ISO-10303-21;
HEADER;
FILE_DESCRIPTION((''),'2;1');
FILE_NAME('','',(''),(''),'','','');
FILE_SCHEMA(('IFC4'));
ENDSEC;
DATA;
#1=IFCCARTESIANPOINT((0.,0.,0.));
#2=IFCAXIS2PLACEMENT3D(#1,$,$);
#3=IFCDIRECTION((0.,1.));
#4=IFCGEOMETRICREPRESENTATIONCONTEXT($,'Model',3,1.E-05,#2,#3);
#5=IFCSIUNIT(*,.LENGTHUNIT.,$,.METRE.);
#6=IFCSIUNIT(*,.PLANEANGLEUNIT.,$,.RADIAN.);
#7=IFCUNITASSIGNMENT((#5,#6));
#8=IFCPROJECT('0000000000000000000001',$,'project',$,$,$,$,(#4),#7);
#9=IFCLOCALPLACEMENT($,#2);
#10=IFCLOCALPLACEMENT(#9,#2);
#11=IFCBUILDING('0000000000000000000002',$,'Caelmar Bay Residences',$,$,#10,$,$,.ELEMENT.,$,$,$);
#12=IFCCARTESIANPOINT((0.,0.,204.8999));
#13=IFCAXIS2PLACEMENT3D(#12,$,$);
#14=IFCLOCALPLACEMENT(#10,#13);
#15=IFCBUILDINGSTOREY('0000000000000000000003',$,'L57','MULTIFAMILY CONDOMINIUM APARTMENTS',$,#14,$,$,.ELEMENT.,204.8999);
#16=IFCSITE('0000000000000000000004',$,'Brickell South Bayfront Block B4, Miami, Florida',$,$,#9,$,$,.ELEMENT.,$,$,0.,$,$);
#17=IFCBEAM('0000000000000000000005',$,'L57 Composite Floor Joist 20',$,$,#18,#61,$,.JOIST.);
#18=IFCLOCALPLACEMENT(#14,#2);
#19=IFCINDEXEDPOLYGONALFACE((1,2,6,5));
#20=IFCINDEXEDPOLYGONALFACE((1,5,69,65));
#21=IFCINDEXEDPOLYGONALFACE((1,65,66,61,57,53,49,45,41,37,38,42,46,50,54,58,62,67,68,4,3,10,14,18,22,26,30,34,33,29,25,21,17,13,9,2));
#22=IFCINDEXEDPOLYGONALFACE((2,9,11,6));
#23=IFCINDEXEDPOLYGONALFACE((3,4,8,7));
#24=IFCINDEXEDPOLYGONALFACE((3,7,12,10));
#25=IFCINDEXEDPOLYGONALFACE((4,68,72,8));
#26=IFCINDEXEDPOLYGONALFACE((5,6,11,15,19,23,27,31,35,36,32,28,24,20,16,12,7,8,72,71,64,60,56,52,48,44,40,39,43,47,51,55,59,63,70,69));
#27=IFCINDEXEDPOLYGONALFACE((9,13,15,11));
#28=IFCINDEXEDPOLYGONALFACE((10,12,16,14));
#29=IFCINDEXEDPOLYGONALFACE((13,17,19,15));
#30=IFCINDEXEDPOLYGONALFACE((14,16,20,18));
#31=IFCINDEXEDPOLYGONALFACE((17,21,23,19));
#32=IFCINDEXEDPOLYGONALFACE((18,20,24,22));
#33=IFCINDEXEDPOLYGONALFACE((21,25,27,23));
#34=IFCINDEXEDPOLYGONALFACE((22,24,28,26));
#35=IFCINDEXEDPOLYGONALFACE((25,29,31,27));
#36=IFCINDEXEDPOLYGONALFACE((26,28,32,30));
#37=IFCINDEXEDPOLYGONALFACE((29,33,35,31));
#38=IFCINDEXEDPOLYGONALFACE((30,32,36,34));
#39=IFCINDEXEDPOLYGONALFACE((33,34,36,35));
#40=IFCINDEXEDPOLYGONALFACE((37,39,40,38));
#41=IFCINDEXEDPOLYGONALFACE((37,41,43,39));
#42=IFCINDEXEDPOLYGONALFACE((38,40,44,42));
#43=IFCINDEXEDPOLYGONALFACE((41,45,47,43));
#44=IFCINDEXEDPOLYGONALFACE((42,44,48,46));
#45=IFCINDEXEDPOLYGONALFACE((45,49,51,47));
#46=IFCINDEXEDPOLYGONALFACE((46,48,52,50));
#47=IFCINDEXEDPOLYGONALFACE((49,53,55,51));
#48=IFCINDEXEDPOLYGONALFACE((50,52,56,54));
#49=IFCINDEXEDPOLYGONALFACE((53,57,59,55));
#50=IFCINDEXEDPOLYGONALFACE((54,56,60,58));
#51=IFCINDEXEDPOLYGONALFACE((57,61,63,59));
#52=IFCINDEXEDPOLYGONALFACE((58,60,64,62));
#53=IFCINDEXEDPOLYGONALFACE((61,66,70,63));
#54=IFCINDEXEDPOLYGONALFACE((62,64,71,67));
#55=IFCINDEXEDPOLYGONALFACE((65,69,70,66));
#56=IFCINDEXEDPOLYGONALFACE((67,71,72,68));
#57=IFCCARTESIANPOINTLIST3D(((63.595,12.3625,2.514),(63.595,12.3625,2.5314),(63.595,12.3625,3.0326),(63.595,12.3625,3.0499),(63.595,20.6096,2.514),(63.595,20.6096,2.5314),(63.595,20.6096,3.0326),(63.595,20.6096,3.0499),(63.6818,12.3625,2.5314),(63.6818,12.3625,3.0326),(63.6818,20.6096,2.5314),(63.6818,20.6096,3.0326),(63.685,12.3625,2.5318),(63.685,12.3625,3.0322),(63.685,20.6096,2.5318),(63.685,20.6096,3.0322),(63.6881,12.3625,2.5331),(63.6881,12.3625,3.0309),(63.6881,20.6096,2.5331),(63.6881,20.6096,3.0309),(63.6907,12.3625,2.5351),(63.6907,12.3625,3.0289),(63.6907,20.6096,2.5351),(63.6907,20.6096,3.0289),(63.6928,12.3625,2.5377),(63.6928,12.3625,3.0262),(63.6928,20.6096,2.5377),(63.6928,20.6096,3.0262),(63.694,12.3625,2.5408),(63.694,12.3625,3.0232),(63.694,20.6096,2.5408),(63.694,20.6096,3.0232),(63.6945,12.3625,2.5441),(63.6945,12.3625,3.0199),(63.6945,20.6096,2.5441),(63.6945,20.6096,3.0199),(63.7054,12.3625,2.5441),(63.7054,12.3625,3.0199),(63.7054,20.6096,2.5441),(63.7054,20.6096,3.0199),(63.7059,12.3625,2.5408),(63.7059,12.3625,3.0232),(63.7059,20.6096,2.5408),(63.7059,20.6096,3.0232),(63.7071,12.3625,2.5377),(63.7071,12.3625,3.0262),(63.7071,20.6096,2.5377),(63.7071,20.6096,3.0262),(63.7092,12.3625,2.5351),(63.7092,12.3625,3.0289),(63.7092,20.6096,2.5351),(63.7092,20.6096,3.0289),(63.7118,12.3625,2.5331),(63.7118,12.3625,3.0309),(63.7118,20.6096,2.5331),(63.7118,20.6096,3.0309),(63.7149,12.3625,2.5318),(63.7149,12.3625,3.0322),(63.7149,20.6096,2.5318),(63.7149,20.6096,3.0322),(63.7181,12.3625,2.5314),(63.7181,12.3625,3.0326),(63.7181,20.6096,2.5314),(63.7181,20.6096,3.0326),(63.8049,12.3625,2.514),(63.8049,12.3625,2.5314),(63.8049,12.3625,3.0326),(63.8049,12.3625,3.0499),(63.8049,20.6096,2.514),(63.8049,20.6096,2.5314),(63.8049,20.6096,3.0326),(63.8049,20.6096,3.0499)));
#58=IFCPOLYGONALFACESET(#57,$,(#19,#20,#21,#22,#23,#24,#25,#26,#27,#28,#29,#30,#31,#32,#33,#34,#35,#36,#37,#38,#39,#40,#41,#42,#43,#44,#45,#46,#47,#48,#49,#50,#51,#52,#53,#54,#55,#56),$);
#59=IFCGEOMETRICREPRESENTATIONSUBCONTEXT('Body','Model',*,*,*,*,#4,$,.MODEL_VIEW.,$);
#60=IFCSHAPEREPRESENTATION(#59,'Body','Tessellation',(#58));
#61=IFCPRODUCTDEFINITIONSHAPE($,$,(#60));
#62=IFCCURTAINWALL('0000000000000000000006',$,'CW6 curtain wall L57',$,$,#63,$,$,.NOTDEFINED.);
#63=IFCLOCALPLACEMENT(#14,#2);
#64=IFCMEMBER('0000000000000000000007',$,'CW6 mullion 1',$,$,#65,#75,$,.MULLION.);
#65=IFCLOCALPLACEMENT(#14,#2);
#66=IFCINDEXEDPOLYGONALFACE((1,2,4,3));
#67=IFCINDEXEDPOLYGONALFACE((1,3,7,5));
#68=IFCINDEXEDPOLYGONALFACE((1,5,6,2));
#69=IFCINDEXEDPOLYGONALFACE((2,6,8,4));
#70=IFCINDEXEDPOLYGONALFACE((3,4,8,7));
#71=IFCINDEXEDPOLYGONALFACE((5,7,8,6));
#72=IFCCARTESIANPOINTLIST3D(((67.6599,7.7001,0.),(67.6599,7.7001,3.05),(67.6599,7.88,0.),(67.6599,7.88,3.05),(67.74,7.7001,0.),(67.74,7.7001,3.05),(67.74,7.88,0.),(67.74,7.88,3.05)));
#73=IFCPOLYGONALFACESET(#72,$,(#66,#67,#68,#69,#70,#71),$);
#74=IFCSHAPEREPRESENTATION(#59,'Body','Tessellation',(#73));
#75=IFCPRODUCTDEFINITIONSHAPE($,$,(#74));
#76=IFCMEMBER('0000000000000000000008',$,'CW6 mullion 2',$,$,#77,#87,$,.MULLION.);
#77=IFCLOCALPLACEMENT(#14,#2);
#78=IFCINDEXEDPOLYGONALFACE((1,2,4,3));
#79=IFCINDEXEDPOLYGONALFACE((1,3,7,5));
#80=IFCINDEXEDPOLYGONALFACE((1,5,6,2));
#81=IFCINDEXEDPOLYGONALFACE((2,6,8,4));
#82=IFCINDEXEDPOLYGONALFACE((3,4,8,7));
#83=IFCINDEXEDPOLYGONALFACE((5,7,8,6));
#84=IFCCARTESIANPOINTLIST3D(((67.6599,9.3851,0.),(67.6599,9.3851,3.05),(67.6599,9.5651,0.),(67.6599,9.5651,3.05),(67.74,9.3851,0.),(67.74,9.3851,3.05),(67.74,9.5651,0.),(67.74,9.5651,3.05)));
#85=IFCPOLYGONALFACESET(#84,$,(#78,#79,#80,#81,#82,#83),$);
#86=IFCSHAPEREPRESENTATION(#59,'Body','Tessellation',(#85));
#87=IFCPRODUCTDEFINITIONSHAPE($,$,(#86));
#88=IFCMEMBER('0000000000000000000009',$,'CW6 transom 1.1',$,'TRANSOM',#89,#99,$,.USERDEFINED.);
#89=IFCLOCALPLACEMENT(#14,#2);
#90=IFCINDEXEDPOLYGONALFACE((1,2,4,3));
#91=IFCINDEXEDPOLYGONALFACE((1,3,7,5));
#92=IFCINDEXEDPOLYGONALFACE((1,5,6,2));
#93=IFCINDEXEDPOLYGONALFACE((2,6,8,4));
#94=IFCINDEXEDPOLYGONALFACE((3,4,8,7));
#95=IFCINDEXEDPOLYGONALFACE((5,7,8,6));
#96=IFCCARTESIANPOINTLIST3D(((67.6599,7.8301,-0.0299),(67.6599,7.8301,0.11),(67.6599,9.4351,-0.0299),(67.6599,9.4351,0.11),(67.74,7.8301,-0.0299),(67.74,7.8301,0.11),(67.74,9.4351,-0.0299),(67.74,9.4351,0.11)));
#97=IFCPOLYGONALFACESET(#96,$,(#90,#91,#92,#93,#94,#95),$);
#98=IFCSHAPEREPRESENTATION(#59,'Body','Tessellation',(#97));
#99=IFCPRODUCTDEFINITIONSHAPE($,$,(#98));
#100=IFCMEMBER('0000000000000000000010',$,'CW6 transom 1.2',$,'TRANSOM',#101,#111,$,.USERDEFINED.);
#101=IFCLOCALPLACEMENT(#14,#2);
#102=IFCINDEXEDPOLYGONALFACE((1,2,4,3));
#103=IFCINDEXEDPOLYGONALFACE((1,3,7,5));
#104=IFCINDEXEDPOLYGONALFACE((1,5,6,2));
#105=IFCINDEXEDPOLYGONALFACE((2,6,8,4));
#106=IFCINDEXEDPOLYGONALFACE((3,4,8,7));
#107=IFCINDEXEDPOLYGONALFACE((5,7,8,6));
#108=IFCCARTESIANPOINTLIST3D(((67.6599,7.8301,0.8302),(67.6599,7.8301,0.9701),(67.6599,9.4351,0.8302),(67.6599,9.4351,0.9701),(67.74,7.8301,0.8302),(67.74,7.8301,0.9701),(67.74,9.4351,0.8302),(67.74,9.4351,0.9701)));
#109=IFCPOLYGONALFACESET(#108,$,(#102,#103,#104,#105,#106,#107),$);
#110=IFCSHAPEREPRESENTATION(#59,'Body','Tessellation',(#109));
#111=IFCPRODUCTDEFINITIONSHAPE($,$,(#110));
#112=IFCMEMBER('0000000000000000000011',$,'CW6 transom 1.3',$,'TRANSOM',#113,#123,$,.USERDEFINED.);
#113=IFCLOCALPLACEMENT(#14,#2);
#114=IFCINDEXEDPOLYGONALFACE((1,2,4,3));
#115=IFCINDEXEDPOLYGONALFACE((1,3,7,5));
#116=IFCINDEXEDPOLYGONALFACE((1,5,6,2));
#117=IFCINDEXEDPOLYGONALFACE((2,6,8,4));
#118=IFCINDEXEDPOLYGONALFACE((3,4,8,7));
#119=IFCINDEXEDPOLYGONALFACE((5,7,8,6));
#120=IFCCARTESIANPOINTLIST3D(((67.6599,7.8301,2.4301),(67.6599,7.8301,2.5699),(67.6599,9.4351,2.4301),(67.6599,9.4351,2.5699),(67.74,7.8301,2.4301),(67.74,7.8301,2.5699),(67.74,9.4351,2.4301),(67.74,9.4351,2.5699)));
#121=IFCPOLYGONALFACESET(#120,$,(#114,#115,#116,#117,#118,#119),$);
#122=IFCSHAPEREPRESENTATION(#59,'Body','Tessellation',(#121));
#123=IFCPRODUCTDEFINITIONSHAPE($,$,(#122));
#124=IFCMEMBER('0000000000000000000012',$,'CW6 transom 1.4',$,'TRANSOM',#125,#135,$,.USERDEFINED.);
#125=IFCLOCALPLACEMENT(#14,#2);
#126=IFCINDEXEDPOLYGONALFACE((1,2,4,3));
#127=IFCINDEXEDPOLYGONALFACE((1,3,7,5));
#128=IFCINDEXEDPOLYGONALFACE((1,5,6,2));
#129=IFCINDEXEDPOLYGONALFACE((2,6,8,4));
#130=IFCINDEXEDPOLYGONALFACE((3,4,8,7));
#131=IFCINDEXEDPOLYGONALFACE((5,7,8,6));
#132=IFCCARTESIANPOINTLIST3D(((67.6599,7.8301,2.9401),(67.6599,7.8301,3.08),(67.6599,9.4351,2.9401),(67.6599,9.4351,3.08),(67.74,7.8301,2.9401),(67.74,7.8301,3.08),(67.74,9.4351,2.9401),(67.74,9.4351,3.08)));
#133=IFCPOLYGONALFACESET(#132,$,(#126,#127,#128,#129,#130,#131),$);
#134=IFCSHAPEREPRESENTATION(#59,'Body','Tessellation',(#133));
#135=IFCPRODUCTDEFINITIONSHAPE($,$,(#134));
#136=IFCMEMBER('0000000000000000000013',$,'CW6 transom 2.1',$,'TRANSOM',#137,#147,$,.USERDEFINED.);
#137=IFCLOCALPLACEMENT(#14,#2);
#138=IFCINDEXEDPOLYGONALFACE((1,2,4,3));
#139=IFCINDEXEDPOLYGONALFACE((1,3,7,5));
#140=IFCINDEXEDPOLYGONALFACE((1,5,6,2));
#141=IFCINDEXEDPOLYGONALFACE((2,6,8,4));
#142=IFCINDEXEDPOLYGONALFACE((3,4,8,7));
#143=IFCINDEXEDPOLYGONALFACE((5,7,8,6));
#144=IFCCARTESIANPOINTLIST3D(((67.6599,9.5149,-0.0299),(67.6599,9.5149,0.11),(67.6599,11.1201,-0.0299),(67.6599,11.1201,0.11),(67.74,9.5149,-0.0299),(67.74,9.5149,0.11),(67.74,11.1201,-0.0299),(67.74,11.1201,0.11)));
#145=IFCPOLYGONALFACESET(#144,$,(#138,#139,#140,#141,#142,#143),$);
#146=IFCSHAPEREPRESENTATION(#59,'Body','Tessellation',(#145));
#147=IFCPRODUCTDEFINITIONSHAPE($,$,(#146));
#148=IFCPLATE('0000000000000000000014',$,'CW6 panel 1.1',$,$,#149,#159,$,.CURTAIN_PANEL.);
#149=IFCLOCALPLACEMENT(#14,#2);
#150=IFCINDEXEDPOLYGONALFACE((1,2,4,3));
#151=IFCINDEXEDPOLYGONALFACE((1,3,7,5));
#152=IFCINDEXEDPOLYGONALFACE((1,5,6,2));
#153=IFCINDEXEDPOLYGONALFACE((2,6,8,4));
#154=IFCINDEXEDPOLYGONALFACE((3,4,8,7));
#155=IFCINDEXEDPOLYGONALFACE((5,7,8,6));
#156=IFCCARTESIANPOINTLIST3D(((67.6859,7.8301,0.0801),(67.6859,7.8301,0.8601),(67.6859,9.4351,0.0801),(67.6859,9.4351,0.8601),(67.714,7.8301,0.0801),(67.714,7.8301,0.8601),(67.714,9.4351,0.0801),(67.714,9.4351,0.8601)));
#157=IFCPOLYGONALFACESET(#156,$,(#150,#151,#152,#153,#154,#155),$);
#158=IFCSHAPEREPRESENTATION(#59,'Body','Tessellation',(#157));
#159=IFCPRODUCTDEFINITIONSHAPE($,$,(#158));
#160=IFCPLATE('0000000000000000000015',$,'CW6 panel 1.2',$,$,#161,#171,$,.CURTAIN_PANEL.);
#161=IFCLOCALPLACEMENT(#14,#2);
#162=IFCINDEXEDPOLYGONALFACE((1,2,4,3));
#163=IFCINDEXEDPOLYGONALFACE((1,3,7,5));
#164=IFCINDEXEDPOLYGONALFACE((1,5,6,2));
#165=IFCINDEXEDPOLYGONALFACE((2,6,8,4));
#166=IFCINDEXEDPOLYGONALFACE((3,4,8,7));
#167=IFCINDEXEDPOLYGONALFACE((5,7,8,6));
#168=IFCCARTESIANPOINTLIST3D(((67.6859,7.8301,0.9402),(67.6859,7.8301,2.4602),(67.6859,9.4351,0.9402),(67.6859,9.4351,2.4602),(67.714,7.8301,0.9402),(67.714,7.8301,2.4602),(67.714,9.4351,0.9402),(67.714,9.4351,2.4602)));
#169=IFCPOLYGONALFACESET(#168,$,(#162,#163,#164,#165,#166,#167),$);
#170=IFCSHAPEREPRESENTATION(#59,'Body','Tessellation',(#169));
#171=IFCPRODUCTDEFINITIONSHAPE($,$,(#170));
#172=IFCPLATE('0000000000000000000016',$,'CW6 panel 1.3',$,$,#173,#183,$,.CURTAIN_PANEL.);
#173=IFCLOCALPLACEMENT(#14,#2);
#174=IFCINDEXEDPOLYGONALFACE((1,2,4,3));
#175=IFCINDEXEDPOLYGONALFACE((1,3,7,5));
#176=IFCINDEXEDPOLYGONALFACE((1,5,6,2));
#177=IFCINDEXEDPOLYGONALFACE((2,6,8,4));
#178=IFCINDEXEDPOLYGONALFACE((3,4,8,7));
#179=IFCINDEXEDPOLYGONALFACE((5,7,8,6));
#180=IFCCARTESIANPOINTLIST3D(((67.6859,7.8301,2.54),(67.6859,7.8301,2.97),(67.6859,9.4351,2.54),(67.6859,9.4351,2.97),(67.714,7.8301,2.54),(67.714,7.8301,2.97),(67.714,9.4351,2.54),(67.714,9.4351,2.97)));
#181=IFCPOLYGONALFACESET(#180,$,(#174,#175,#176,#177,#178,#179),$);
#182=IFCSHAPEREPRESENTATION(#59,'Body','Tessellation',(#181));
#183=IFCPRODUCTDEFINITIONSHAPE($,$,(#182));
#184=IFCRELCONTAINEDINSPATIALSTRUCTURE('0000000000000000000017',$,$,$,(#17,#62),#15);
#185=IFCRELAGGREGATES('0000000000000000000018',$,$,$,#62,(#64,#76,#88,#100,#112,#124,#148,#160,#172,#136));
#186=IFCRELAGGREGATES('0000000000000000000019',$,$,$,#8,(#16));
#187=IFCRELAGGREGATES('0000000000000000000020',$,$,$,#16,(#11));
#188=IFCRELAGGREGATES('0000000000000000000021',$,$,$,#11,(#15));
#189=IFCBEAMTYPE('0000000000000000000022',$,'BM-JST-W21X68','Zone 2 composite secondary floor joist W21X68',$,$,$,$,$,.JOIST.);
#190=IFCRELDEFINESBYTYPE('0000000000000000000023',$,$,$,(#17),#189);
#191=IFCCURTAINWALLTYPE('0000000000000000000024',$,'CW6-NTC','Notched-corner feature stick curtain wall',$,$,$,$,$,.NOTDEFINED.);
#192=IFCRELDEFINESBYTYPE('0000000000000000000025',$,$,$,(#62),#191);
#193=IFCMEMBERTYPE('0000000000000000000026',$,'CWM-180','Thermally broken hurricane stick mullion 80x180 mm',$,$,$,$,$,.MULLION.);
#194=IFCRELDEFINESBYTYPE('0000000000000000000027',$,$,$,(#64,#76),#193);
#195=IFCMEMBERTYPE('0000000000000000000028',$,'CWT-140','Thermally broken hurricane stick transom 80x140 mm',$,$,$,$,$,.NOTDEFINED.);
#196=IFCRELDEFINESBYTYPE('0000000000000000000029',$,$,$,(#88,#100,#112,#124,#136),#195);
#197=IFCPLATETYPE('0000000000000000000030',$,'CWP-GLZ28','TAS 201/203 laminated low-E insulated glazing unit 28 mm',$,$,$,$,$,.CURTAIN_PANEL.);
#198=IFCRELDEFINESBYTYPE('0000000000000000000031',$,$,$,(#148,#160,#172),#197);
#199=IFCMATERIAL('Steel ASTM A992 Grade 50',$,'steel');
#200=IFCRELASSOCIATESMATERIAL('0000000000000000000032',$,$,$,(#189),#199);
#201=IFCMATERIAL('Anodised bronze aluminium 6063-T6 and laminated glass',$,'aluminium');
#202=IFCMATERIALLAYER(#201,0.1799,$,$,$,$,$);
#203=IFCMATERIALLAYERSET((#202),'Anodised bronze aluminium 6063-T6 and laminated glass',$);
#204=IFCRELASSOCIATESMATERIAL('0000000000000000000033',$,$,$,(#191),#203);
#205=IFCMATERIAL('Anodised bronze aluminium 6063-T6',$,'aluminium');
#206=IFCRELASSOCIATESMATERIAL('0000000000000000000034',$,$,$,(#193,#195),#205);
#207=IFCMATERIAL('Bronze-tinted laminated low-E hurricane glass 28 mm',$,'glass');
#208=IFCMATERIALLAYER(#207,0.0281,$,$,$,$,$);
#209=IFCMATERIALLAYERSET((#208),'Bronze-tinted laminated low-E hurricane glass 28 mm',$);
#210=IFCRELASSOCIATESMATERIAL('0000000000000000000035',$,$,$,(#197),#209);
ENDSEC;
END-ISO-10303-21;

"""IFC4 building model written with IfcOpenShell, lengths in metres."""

from ifc_helpers import new_model, si_unit, direction, frame, origin, origin_2d, place, context, subcontext, project, spatial, rectangle, i_section, extrude, material, layer, layer_set, material_profile, profile_set, type_object, element, aggregate, save


model = new_model("IFC4")

# Units and contexts
model_context = context("Model", 3, precision=1e-05, world=origin(), true_north=direction((0.0, 1.0)))
body_context = subcontext(model_context, "Body", "Model", "MODEL_VIEW")
ifc_project = project(units=[si_unit("LENGTHUNIT", "METRE"), si_unit("PLANEANGLEUNIT", "RADIAN")], contexts=[model_context])

# Site, building, storey
site_placement = place(None, origin())
site = spatial("IfcSite", under=ifc_project, at=site_placement, Name="Brickell South Bayfront Block B4, Miami, Florida", CompositionType="ELEMENT", RefElevation=0.0)
building_placement = place(site_placement, origin())
building = spatial("IfcBuilding", under=site, at=building_placement, Name="Caelmar Bay Residences", CompositionType="ELEMENT")
storey_placement = place(building_placement, frame((0.0, 0.0, 204.8999)))
storey = spatial("IfcBuildingStorey", under=building, at=storey_placement, Name="L57", Description="MULTIFAMILY CONDOMINIUM APARTMENTS", CompositionType="ELEMENT", Elevation=204.8999)

# Beam
ifc_material_1 = material(Name="Steel ASTM A992 Grade 50", Category="steel")
ifc_material_profile_1 = material_profile(ifc_material_1, i_section(OverallWidth=0.21, OverallDepth=0.5359, WebThickness=0.011, FlangeThickness=0.0173, FilletRadius=0.0127, at=origin_2d()), Name="W21X68")
ifc_profile_set_1 = profile_set([ifc_material_profile_1], Name="Steel ASTM A992 Grade 50")
beam_type = type_object("IfcBeamType", Name="BM-JST-W21X68", Description="Zone 2 composite secondary floor joist W21X68", PredefinedType="JOIST", material=ifc_profile_set_1)
beam_placement = place(storey_placement, frame((63.7, 12.3625, 2.782), z_axis=(0.0, 1.0, 0.0), x_axis=(-1.0, 0.0, 0.0)))
element("IfcBeam", 1, at=beam_placement, inside=storey, type_object=beam_type, Name="L57 Composite Floor Joist 20", PredefinedType="JOIST", context=body_context, shape_type="SweptSolid", body=[
    extrude(i_section(OverallWidth=0.21, OverallDepth=0.5359, WebThickness=0.011, FlangeThickness=0.0173, FilletRadius=0.0127, at=origin_2d()), origin(), (0.0, 0.0, 1.0), 8.2471),
])

# Curtain wall, members, plates
ifc_material_2 = material(Name="Anodised bronze aluminium 6063-T6 and laminated glass", Category="aluminium")
ifc_layer_1 = layer(ifc_material_2, 0.1799)
ifc_layer_set_1 = layer_set([ifc_layer_1], Name="Anodised bronze aluminium 6063-T6 and laminated glass")
curtain_wall_type = type_object("IfcCurtainWallType", Name="CW6-NTC", Description="Notched-corner feature stick curtain wall", PredefinedType="NOTDEFINED", material=ifc_layer_set_1)
curtain_wall_placement = place(storey_placement, origin())
curtain_wall = element("IfcCurtainWall", 2, at=curtain_wall_placement, inside=storey, type_object=curtain_wall_type, Name="CW6 curtain wall L57", PredefinedType="NOTDEFINED")
ifc_material_3 = material(Name="Anodised bronze aluminium 6063-T6", Category="aluminium")
ifc_material_profile_2 = material_profile(ifc_material_3, rectangle(XDim=0.0801, YDim=0.1799, at=origin_2d()), Name="CWM-80X180")
ifc_profile_set_2 = profile_set([ifc_material_profile_2], Name="Anodised bronze aluminium 6063-T6")
member_type_1 = type_object("IfcMemberType", Name="CWM-180", Description="Thermally broken hurricane stick mullion 80x180 mm", PredefinedType="MULLION", material=ifc_profile_set_2)
member_1_placement = place(storey_placement, frame((67.7, 7.79, 0.0), z_axis=(0.0, 0.0, 1.0), x_axis=(-1.0, 0.0, 0.0)))
member_1 = element("IfcMember", 3, at=member_1_placement, type_object=member_type_1, Name="CW6 mullion 1", PredefinedType="MULLION", context=body_context, shape_type="SweptSolid", body=[
    extrude(rectangle(XDim=0.0801, YDim=0.1799, at=origin_2d()), origin(), (0.0, 0.0, 1.0), 3.05),
])
member_2_placement = place(storey_placement, frame((67.7, 9.4751, 0.0), z_axis=(0.0, 0.0, 1.0), x_axis=(-1.0, 0.0, 0.0)))
member_2 = element("IfcMember", 4, at=member_2_placement, type_object=member_type_1, Name="CW6 mullion 2", PredefinedType="MULLION", context=body_context, shape_type="SweptSolid", body=[
    extrude(rectangle(XDim=0.0801, YDim=0.1799, at=origin_2d()), origin(), (0.0, 0.0, 1.0), 3.05),
])
ifc_material_profile_3 = material_profile(ifc_material_3, rectangle(XDim=0.0801, YDim=0.1399, at=origin_2d()), Name="CWT-80X140")
ifc_profile_set_3 = profile_set([ifc_material_profile_3], Name="Anodised bronze aluminium 6063-T6")
member_type_2 = type_object("IfcMemberType", Name="CWT-140", Description="Thermally broken hurricane stick transom 80x140 mm", PredefinedType="NOTDEFINED", material=ifc_profile_set_3)
member_3_placement = place(storey_placement, frame((67.7, 7.8301, 0.04), z_axis=(0.0, 1.0, 0.0), x_axis=(-1.0, 0.0, 0.0)))
member_3 = element("IfcMember", 5, at=member_3_placement, type_object=member_type_2, Name="CW6 transom 1.1", ObjectType="TRANSOM", PredefinedType="USERDEFINED", context=body_context, shape_type="SweptSolid", body=[
    extrude(rectangle(XDim=0.0801, YDim=0.1399, at=origin_2d()), origin(), (0.0, 0.0, 1.0), 1.605),
])
member_4_placement = place(storey_placement, frame((67.7, 7.8301, 0.9001), z_axis=(0.0, 1.0, 0.0), x_axis=(-1.0, 0.0, 0.0)))
member_4 = element("IfcMember", 6, at=member_4_placement, type_object=member_type_2, Name="CW6 transom 1.2", ObjectType="TRANSOM", PredefinedType="USERDEFINED", context=body_context, shape_type="SweptSolid", body=[
    extrude(rectangle(XDim=0.0801, YDim=0.1399, at=origin_2d()), origin(), (0.0, 0.0, 1.0), 1.605),
])
member_5_placement = place(storey_placement, frame((67.7, 7.8301, 2.5), z_axis=(0.0, 1.0, 0.0), x_axis=(-1.0, 0.0, 0.0)))
member_5 = element("IfcMember", 7, at=member_5_placement, type_object=member_type_2, Name="CW6 transom 1.3", ObjectType="TRANSOM", PredefinedType="USERDEFINED", context=body_context, shape_type="SweptSolid", body=[
    extrude(rectangle(XDim=0.0801, YDim=0.1399, at=origin_2d()), origin(), (0.0, 0.0, 1.0), 1.605),
])
member_6_placement = place(storey_placement, frame((67.7, 7.8301, 3.01), z_axis=(0.0, 1.0, 0.0), x_axis=(-1.0, 0.0, 0.0)))
member_6 = element("IfcMember", 8, at=member_6_placement, type_object=member_type_2, Name="CW6 transom 1.4", ObjectType="TRANSOM", PredefinedType="USERDEFINED", context=body_context, shape_type="SweptSolid", body=[
    extrude(rectangle(XDim=0.0801, YDim=0.1399, at=origin_2d()), origin(), (0.0, 0.0, 1.0), 1.605),
])
member_7_placement = place(storey_placement, frame((67.7, 9.5149, 0.04), z_axis=(0.0, 1.0, 0.0), x_axis=(-1.0, 0.0, 0.0)))
member_7 = element("IfcMember", 9, at=member_7_placement, type_object=member_type_2, Name="CW6 transom 2.1", ObjectType="TRANSOM", PredefinedType="USERDEFINED", context=body_context, shape_type="SweptSolid", body=[
    extrude(rectangle(XDim=0.0801, YDim=0.1399, at=origin_2d()), origin(), (0.0, 0.0, 1.0), 1.6052),
])
ifc_material_4 = material(Name="Bronze-tinted laminated low-E hurricane glass 28 mm", Category="glass")
ifc_layer_2 = layer(ifc_material_4, 0.0281)
ifc_layer_set_2 = layer_set([ifc_layer_2], Name="Bronze-tinted laminated low-E hurricane glass 28 mm")
plate_type = type_object("IfcPlateType", Name="CWP-GLZ28", Description="TAS 201/203 laminated low-E insulated glazing unit 28 mm", PredefinedType="CURTAIN_PANEL", material=ifc_layer_set_2)
plate_1_placement = place(storey_placement, frame((67.7, 8.6326, 0.0801), z_axis=(0.0, 0.0, 1.0), x_axis=(0.0, 1.0, 0.0)))
plate_1 = element("IfcPlate", 10, at=plate_1_placement, type_object=plate_type, Name="CW6 panel 1.1", PredefinedType="CURTAIN_PANEL", context=body_context, shape_type="SweptSolid", body=[
    extrude(rectangle(XDim=1.605, YDim=0.0281, at=origin_2d()), origin(), (0.0, 0.0, 1.0), 0.78),
])
plate_2_placement = place(storey_placement, frame((67.7, 8.6326, 0.9402), z_axis=(0.0, 0.0, 1.0), x_axis=(0.0, 1.0, 0.0)))
plate_2 = element("IfcPlate", 11, at=plate_2_placement, type_object=plate_type, Name="CW6 panel 1.2", PredefinedType="CURTAIN_PANEL", context=body_context, shape_type="SweptSolid", body=[
    extrude(rectangle(XDim=1.605, YDim=0.0281, at=origin_2d()), origin(), (0.0, 0.0, 1.0), 1.52),
])
plate_3_placement = place(storey_placement, frame((67.7, 8.6326, 2.54), z_axis=(0.0, 0.0, 1.0), x_axis=(0.0, 1.0, 0.0)))
plate_3 = element("IfcPlate", 12, at=plate_3_placement, type_object=plate_type, Name="CW6 panel 1.3", PredefinedType="CURTAIN_PANEL", context=body_context, shape_type="SweptSolid", body=[
    extrude(rectangle(XDim=1.605, YDim=0.0281, at=origin_2d()), origin(), (0.0, 0.0, 1.0), 0.4299),
])
aggregate(curtain_wall, [member_1, member_2, member_3, member_4, member_5, member_6, plate_1, plate_2, plate_3, member_7])

save(model, "model.ifc")
